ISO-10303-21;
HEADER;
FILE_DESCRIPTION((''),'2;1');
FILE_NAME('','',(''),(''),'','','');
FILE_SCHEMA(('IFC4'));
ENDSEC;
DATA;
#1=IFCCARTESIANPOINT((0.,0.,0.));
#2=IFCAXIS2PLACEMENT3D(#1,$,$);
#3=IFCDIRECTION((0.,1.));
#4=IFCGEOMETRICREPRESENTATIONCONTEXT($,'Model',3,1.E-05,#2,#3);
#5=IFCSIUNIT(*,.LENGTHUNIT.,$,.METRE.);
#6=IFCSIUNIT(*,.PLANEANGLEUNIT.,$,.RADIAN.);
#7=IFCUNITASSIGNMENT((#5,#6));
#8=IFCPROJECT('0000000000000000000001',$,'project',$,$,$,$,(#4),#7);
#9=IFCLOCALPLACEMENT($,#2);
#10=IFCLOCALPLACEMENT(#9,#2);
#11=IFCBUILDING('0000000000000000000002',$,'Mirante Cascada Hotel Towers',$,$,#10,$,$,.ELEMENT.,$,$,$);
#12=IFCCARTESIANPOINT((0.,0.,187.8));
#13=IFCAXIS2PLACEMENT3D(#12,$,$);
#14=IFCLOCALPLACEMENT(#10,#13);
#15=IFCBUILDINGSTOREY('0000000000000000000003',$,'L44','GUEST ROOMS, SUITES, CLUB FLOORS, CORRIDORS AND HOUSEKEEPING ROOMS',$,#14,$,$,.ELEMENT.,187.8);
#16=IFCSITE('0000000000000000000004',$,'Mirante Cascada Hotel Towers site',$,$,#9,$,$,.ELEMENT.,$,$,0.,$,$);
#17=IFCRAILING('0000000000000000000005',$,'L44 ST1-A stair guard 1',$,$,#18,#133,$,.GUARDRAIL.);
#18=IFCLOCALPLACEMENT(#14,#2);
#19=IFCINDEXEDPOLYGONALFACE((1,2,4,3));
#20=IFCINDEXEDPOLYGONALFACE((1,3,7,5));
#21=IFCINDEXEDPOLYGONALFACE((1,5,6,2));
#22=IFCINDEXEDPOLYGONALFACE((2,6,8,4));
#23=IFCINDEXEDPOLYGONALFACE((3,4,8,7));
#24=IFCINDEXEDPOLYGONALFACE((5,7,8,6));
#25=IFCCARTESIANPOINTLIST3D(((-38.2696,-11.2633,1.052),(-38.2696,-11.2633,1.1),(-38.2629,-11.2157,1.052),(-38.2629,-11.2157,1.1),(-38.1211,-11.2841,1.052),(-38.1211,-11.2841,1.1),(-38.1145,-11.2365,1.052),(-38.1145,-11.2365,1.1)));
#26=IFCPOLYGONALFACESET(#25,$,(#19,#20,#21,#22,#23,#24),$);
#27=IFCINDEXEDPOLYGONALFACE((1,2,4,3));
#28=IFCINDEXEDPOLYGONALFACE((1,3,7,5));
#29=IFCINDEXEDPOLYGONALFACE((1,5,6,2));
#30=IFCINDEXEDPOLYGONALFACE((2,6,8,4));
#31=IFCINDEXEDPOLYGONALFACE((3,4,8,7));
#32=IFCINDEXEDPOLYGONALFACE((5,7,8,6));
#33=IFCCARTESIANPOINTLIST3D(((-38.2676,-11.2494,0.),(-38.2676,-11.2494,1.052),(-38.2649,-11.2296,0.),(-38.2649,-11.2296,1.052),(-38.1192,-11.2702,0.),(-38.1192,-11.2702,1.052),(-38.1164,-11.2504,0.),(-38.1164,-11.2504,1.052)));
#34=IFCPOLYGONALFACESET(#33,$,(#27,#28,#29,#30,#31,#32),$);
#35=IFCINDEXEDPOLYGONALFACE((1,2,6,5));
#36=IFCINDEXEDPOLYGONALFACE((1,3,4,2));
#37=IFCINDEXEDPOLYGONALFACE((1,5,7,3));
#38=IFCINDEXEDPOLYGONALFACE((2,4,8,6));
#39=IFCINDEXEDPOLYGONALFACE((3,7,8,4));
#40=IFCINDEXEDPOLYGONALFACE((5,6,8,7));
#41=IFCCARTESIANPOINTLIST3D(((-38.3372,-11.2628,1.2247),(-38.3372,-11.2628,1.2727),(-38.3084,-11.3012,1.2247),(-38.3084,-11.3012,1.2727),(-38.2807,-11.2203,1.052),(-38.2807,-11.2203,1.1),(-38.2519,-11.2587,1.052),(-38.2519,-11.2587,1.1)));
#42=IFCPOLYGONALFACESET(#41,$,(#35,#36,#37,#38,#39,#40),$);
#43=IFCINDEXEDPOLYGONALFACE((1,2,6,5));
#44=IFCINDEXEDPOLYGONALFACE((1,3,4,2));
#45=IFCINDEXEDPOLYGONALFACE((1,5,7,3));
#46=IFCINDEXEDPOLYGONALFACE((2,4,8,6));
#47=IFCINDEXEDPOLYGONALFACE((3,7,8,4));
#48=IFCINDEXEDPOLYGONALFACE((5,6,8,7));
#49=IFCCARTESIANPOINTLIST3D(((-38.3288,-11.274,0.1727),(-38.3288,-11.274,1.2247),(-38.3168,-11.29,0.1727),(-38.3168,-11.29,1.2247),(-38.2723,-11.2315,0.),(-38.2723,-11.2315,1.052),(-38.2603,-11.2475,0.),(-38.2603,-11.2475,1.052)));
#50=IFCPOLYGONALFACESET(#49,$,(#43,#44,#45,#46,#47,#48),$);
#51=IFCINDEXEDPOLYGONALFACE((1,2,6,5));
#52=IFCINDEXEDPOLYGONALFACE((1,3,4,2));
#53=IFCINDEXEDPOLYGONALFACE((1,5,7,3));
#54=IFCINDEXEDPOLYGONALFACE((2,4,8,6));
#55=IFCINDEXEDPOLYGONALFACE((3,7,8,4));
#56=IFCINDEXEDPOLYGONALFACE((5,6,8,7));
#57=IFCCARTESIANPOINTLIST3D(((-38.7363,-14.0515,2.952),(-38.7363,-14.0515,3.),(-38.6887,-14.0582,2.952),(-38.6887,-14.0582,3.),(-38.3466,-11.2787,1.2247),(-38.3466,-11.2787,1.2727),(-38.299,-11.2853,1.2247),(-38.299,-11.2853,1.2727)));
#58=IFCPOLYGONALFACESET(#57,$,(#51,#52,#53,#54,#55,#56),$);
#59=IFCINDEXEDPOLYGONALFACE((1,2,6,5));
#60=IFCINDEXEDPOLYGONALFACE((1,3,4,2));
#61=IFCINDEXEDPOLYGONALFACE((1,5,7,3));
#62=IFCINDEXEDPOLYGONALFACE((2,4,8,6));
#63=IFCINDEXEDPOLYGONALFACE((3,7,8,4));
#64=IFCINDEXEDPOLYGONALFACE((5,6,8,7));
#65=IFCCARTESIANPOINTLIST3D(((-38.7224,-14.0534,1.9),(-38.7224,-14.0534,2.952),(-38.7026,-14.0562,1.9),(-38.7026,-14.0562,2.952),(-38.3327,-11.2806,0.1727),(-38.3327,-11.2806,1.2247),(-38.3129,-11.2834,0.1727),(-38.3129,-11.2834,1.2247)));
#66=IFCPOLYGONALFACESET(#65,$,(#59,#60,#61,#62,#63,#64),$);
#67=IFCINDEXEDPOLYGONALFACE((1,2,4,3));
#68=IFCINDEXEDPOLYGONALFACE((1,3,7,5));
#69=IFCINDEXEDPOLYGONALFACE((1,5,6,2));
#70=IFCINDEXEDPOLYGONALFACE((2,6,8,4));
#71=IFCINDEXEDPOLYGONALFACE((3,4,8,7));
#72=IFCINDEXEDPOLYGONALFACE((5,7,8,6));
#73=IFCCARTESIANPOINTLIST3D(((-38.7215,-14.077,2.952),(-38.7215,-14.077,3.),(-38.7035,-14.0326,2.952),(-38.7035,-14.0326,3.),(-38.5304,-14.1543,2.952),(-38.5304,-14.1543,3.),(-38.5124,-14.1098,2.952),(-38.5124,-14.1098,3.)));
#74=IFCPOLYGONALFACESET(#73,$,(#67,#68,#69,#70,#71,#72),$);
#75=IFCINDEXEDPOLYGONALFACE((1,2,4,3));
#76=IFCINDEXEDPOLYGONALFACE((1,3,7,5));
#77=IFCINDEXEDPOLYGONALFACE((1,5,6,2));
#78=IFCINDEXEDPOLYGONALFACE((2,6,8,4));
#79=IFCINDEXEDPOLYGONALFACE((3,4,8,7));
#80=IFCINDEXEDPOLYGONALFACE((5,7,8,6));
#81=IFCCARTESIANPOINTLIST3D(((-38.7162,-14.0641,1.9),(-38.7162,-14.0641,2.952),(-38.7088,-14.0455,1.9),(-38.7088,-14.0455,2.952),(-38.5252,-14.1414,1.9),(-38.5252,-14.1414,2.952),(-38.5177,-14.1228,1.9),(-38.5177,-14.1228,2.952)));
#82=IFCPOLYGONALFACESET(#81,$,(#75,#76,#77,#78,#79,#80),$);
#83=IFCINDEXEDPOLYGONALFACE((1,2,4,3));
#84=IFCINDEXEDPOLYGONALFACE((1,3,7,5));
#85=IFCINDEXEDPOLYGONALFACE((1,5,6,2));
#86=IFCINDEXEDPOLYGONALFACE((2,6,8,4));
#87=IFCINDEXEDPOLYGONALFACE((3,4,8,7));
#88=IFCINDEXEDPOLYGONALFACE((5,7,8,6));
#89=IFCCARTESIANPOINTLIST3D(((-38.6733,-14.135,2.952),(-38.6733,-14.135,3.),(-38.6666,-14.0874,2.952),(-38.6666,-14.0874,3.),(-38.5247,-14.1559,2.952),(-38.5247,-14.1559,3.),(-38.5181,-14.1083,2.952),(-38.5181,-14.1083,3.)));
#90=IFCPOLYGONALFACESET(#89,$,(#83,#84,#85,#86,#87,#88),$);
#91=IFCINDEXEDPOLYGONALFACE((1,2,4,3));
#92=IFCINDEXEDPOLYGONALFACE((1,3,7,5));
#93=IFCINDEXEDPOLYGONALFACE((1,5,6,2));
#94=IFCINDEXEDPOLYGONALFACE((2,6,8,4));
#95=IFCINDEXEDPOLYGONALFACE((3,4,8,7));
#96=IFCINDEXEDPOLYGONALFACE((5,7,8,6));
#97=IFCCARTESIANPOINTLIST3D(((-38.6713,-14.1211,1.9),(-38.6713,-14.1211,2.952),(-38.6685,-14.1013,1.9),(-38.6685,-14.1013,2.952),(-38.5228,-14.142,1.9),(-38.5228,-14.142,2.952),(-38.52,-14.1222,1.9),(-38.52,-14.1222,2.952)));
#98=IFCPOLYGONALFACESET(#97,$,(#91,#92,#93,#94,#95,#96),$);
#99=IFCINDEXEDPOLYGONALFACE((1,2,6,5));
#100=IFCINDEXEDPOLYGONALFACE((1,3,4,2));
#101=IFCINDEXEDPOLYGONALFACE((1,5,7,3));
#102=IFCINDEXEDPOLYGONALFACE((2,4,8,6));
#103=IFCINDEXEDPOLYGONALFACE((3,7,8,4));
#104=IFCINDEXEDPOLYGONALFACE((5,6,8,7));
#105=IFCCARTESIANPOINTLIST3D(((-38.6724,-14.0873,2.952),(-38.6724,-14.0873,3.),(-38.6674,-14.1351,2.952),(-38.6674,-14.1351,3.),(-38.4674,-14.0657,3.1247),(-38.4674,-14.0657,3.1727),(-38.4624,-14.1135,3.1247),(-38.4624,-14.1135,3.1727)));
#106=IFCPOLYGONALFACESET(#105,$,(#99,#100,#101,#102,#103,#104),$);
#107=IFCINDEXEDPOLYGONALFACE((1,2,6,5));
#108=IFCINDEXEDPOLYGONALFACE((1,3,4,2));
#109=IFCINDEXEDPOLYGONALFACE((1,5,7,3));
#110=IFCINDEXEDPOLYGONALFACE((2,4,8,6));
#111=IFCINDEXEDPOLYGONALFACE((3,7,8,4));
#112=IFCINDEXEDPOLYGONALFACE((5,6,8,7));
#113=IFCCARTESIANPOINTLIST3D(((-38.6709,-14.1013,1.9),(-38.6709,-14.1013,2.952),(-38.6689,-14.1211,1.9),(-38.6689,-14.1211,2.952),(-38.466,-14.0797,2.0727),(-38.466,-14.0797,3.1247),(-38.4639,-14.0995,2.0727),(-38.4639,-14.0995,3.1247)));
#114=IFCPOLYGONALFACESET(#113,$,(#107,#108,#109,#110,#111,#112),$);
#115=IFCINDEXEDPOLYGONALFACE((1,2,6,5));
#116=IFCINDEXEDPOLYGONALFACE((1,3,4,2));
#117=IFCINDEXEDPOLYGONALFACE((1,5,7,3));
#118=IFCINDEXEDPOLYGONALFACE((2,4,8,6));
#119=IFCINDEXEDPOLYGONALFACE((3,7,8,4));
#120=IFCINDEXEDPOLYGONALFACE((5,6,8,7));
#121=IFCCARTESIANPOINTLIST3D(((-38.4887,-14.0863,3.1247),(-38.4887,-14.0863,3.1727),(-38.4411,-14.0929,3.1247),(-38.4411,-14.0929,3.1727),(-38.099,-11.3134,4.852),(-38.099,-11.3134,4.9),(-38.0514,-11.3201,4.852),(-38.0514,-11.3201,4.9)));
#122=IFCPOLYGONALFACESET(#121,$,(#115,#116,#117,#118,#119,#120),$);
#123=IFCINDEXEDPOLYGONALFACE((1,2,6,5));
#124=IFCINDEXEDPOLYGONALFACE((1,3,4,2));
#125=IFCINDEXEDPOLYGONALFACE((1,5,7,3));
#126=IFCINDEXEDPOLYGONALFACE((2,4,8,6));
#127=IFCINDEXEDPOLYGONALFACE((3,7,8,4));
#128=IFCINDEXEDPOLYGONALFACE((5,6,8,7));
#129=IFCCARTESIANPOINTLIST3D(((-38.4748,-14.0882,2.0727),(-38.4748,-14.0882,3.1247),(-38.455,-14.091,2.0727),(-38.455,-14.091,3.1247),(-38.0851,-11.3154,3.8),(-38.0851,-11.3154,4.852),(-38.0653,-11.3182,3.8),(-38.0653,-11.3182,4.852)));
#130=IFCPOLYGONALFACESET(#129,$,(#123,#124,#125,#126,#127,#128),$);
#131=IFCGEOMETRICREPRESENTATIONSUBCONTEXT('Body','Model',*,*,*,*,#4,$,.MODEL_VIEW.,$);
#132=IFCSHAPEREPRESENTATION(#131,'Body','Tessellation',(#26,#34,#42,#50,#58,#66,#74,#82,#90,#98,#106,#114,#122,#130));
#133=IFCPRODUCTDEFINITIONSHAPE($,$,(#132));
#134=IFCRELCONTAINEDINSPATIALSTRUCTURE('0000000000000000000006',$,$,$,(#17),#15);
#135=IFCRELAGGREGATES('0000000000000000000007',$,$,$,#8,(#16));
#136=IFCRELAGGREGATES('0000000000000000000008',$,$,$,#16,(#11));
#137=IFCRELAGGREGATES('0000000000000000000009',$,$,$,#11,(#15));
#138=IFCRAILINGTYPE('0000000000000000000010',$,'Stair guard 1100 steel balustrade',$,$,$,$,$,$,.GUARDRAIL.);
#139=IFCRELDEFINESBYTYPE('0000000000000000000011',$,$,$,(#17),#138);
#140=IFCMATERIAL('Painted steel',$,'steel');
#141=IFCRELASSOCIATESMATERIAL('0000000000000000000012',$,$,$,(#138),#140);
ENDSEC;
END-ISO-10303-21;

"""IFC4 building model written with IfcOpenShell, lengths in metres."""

from ifc_helpers import new_model, si_unit, direction, frame, origin, origin_2d, place, context, subcontext, project, spatial, rectangle, extrude, material, type_object, element, save


model = new_model("IFC4")

# Units and contexts
model_context = context("Model", 3, precision=1e-05, world=origin(), true_north=direction((0.0, 1.0)))
body_context = subcontext(model_context, "Body", "Model", "MODEL_VIEW")
ifc_project = project(units=[si_unit("LENGTHUNIT", "METRE"), si_unit("PLANEANGLEUNIT", "RADIAN")], contexts=[model_context])

# Site, building, storey
site_placement = place(None, origin())
site = spatial("IfcSite", under=ifc_project, at=site_placement, Name="Mirante Cascada Hotel Towers site", CompositionType="ELEMENT", RefElevation=0.0)
building_placement = place(site_placement, origin())
building = spatial("IfcBuilding", under=site, at=building_placement, Name="Mirante Cascada Hotel Towers", CompositionType="ELEMENT")
storey_placement = place(building_placement, frame((0.0, 0.0, 187.8)))
storey = spatial("IfcBuildingStorey", under=building, at=storey_placement, Name="L44", Description="GUEST ROOMS, SUITES, CLUB FLOORS, CORRIDORS AND HOUSEKEEPING ROOMS", CompositionType="ELEMENT", Elevation=187.8)

# Railing
ifc_material_1 = material(Name="Painted steel", Category="steel")
railing_type = type_object("IfcRailingType", Name="Stair guard 1100 steel balustrade", PredefinedType="GUARDRAIL", material=ifc_material_1)
railing_placement = place(storey_placement, frame((-38.1178, -11.2603, 0.0)))
element("IfcRailing", 1, at=railing_placement, inside=storey, type_object=railing_type, Name="L44 ST1-A stair guard 1", PredefinedType="GUARDRAIL", context=body_context, shape_type="SweptSolid", body=[
    extrude(rectangle(XDim=0.048, YDim=0.048, at=origin_2d()), frame((0.0, 0.0, 1.076), z_axis=(-0.990333, 0.138713, 0.0), x_axis=(-0.138713, -0.990333, 0.0)), (0.0, 0.0, 1.0), 0.1499),
    extrude(rectangle(XDim=0.02, YDim=1.052, at=origin_2d()), frame((0.0, 0.0, 0.526), z_axis=(-0.990333, 0.138713, 0.0), x_axis=(-0.138713, -0.990333, 0.0)), (0.0, 0.0, 1.0), 0.1499),
    extrude(rectangle(XDim=0.048, YDim=0.048, at=origin_2d()), frame((-0.1485, 0.0208, 1.076), z_axis=(-0.79915, -0.601131, 0.0), x_axis=(0.601131, -0.79915, 0.0)), (0.0, 0.925453, 0.378863), 0.1866),
    extrude(rectangle(XDim=0.02, YDim=1.052, at=origin_2d()), frame((-0.1485, 0.0208, 0.526), z_axis=(-0.79915, -0.601131, 0.0), x_axis=(0.601131, -0.79915, 0.0)), (0.0, 0.925453, 0.378863), 0.1866),
    extrude(rectangle(XDim=0.048, YDim=0.048, at=origin_2d()), frame((-0.205, -0.0217, 1.2487), z_axis=(-0.139176, -0.990268, 0.0), x_axis=(0.990268, -0.139176, 0.0)), (0.0, 0.525021, 0.851089), 3.29),
    extrude(rectangle(XDim=0.02, YDim=1.052, at=origin_2d()), frame((-0.205, -0.0217, 0.6987), z_axis=(-0.139176, -0.990268, 0.0), x_axis=(0.990268, -0.139176, 0.0)), (0.0, 0.525021, 0.851089), 3.29),
    extrude(rectangle(XDim=0.048, YDim=0.048, at=origin_2d()), frame((-0.5947, -2.7945, 2.976), z_axis=(0.927031, -0.374984, 0.0), x_axis=(0.374984, 0.927031, 0.0)), (0.0, 0.0, 1.0), 0.2061),
    extrude(rectangle(XDim=0.02, YDim=1.052, at=origin_2d()), frame((-0.5947, -2.7945, 2.426), z_axis=(0.927031, -0.374984, 0.0), x_axis=(0.374984, 0.927031, 0.0)), (0.0, 0.0, 1.0), 0.2061),
    extrude(rectangle(XDim=0.048, YDim=0.048, at=origin_2d()), frame((-0.4036, -2.8718, 2.976), z_axis=(-0.990241, 0.139367, 0.0), x_axis=(-0.139367, -0.990241, 0.0)), (0.0, 0.0, 1.0), 0.15),
    extrude(rectangle(XDim=0.02, YDim=1.052, at=origin_2d()), frame((-0.4036, -2.8718, 2.426), z_axis=(-0.990241, 0.139367, 0.0), x_axis=(-0.139367, -0.990241, 0.0)), (0.0, 0.0, 1.0), 0.15),
    extrude(rectangle(XDim=0.048, YDim=0.048, at=origin_2d()), frame((-0.5521, -2.8509, 2.976), z_axis=(0.994495, 0.104786, 0.0), x_axis=(-0.104786, 0.994495, 0.0)), (0.0, 0.642203, 0.766534), 0.2689),
    extrude(rectangle(XDim=0.02, YDim=1.052, at=origin_2d()), frame((-0.5521, -2.8509, 2.426), z_axis=(0.994495, 0.104786, 0.0), x_axis=(-0.104786, 0.994495, 0.0)), (0.0, 0.642203, 0.766534), 0.2689),
    extrude(rectangle(XDim=0.048, YDim=0.048, at=origin_2d()), frame((-0.3471, -2.8293, 3.1487), z_axis=(0.139176, 0.990268, 0.0), x_axis=(-0.990268, 0.139176, 0.0)), (0.0, 0.525021, 0.851089), 3.29),
    extrude(rectangle(XDim=0.02, YDim=1.052, at=origin_2d()), frame((-0.3471, -2.8293, 2.5987), z_axis=(0.139176, 0.990268, 0.0), x_axis=(-0.990268, 0.139176, 0.0)), (0.0, 0.525021, 0.851089), 3.29),
])

save(model, "model.ifc")
